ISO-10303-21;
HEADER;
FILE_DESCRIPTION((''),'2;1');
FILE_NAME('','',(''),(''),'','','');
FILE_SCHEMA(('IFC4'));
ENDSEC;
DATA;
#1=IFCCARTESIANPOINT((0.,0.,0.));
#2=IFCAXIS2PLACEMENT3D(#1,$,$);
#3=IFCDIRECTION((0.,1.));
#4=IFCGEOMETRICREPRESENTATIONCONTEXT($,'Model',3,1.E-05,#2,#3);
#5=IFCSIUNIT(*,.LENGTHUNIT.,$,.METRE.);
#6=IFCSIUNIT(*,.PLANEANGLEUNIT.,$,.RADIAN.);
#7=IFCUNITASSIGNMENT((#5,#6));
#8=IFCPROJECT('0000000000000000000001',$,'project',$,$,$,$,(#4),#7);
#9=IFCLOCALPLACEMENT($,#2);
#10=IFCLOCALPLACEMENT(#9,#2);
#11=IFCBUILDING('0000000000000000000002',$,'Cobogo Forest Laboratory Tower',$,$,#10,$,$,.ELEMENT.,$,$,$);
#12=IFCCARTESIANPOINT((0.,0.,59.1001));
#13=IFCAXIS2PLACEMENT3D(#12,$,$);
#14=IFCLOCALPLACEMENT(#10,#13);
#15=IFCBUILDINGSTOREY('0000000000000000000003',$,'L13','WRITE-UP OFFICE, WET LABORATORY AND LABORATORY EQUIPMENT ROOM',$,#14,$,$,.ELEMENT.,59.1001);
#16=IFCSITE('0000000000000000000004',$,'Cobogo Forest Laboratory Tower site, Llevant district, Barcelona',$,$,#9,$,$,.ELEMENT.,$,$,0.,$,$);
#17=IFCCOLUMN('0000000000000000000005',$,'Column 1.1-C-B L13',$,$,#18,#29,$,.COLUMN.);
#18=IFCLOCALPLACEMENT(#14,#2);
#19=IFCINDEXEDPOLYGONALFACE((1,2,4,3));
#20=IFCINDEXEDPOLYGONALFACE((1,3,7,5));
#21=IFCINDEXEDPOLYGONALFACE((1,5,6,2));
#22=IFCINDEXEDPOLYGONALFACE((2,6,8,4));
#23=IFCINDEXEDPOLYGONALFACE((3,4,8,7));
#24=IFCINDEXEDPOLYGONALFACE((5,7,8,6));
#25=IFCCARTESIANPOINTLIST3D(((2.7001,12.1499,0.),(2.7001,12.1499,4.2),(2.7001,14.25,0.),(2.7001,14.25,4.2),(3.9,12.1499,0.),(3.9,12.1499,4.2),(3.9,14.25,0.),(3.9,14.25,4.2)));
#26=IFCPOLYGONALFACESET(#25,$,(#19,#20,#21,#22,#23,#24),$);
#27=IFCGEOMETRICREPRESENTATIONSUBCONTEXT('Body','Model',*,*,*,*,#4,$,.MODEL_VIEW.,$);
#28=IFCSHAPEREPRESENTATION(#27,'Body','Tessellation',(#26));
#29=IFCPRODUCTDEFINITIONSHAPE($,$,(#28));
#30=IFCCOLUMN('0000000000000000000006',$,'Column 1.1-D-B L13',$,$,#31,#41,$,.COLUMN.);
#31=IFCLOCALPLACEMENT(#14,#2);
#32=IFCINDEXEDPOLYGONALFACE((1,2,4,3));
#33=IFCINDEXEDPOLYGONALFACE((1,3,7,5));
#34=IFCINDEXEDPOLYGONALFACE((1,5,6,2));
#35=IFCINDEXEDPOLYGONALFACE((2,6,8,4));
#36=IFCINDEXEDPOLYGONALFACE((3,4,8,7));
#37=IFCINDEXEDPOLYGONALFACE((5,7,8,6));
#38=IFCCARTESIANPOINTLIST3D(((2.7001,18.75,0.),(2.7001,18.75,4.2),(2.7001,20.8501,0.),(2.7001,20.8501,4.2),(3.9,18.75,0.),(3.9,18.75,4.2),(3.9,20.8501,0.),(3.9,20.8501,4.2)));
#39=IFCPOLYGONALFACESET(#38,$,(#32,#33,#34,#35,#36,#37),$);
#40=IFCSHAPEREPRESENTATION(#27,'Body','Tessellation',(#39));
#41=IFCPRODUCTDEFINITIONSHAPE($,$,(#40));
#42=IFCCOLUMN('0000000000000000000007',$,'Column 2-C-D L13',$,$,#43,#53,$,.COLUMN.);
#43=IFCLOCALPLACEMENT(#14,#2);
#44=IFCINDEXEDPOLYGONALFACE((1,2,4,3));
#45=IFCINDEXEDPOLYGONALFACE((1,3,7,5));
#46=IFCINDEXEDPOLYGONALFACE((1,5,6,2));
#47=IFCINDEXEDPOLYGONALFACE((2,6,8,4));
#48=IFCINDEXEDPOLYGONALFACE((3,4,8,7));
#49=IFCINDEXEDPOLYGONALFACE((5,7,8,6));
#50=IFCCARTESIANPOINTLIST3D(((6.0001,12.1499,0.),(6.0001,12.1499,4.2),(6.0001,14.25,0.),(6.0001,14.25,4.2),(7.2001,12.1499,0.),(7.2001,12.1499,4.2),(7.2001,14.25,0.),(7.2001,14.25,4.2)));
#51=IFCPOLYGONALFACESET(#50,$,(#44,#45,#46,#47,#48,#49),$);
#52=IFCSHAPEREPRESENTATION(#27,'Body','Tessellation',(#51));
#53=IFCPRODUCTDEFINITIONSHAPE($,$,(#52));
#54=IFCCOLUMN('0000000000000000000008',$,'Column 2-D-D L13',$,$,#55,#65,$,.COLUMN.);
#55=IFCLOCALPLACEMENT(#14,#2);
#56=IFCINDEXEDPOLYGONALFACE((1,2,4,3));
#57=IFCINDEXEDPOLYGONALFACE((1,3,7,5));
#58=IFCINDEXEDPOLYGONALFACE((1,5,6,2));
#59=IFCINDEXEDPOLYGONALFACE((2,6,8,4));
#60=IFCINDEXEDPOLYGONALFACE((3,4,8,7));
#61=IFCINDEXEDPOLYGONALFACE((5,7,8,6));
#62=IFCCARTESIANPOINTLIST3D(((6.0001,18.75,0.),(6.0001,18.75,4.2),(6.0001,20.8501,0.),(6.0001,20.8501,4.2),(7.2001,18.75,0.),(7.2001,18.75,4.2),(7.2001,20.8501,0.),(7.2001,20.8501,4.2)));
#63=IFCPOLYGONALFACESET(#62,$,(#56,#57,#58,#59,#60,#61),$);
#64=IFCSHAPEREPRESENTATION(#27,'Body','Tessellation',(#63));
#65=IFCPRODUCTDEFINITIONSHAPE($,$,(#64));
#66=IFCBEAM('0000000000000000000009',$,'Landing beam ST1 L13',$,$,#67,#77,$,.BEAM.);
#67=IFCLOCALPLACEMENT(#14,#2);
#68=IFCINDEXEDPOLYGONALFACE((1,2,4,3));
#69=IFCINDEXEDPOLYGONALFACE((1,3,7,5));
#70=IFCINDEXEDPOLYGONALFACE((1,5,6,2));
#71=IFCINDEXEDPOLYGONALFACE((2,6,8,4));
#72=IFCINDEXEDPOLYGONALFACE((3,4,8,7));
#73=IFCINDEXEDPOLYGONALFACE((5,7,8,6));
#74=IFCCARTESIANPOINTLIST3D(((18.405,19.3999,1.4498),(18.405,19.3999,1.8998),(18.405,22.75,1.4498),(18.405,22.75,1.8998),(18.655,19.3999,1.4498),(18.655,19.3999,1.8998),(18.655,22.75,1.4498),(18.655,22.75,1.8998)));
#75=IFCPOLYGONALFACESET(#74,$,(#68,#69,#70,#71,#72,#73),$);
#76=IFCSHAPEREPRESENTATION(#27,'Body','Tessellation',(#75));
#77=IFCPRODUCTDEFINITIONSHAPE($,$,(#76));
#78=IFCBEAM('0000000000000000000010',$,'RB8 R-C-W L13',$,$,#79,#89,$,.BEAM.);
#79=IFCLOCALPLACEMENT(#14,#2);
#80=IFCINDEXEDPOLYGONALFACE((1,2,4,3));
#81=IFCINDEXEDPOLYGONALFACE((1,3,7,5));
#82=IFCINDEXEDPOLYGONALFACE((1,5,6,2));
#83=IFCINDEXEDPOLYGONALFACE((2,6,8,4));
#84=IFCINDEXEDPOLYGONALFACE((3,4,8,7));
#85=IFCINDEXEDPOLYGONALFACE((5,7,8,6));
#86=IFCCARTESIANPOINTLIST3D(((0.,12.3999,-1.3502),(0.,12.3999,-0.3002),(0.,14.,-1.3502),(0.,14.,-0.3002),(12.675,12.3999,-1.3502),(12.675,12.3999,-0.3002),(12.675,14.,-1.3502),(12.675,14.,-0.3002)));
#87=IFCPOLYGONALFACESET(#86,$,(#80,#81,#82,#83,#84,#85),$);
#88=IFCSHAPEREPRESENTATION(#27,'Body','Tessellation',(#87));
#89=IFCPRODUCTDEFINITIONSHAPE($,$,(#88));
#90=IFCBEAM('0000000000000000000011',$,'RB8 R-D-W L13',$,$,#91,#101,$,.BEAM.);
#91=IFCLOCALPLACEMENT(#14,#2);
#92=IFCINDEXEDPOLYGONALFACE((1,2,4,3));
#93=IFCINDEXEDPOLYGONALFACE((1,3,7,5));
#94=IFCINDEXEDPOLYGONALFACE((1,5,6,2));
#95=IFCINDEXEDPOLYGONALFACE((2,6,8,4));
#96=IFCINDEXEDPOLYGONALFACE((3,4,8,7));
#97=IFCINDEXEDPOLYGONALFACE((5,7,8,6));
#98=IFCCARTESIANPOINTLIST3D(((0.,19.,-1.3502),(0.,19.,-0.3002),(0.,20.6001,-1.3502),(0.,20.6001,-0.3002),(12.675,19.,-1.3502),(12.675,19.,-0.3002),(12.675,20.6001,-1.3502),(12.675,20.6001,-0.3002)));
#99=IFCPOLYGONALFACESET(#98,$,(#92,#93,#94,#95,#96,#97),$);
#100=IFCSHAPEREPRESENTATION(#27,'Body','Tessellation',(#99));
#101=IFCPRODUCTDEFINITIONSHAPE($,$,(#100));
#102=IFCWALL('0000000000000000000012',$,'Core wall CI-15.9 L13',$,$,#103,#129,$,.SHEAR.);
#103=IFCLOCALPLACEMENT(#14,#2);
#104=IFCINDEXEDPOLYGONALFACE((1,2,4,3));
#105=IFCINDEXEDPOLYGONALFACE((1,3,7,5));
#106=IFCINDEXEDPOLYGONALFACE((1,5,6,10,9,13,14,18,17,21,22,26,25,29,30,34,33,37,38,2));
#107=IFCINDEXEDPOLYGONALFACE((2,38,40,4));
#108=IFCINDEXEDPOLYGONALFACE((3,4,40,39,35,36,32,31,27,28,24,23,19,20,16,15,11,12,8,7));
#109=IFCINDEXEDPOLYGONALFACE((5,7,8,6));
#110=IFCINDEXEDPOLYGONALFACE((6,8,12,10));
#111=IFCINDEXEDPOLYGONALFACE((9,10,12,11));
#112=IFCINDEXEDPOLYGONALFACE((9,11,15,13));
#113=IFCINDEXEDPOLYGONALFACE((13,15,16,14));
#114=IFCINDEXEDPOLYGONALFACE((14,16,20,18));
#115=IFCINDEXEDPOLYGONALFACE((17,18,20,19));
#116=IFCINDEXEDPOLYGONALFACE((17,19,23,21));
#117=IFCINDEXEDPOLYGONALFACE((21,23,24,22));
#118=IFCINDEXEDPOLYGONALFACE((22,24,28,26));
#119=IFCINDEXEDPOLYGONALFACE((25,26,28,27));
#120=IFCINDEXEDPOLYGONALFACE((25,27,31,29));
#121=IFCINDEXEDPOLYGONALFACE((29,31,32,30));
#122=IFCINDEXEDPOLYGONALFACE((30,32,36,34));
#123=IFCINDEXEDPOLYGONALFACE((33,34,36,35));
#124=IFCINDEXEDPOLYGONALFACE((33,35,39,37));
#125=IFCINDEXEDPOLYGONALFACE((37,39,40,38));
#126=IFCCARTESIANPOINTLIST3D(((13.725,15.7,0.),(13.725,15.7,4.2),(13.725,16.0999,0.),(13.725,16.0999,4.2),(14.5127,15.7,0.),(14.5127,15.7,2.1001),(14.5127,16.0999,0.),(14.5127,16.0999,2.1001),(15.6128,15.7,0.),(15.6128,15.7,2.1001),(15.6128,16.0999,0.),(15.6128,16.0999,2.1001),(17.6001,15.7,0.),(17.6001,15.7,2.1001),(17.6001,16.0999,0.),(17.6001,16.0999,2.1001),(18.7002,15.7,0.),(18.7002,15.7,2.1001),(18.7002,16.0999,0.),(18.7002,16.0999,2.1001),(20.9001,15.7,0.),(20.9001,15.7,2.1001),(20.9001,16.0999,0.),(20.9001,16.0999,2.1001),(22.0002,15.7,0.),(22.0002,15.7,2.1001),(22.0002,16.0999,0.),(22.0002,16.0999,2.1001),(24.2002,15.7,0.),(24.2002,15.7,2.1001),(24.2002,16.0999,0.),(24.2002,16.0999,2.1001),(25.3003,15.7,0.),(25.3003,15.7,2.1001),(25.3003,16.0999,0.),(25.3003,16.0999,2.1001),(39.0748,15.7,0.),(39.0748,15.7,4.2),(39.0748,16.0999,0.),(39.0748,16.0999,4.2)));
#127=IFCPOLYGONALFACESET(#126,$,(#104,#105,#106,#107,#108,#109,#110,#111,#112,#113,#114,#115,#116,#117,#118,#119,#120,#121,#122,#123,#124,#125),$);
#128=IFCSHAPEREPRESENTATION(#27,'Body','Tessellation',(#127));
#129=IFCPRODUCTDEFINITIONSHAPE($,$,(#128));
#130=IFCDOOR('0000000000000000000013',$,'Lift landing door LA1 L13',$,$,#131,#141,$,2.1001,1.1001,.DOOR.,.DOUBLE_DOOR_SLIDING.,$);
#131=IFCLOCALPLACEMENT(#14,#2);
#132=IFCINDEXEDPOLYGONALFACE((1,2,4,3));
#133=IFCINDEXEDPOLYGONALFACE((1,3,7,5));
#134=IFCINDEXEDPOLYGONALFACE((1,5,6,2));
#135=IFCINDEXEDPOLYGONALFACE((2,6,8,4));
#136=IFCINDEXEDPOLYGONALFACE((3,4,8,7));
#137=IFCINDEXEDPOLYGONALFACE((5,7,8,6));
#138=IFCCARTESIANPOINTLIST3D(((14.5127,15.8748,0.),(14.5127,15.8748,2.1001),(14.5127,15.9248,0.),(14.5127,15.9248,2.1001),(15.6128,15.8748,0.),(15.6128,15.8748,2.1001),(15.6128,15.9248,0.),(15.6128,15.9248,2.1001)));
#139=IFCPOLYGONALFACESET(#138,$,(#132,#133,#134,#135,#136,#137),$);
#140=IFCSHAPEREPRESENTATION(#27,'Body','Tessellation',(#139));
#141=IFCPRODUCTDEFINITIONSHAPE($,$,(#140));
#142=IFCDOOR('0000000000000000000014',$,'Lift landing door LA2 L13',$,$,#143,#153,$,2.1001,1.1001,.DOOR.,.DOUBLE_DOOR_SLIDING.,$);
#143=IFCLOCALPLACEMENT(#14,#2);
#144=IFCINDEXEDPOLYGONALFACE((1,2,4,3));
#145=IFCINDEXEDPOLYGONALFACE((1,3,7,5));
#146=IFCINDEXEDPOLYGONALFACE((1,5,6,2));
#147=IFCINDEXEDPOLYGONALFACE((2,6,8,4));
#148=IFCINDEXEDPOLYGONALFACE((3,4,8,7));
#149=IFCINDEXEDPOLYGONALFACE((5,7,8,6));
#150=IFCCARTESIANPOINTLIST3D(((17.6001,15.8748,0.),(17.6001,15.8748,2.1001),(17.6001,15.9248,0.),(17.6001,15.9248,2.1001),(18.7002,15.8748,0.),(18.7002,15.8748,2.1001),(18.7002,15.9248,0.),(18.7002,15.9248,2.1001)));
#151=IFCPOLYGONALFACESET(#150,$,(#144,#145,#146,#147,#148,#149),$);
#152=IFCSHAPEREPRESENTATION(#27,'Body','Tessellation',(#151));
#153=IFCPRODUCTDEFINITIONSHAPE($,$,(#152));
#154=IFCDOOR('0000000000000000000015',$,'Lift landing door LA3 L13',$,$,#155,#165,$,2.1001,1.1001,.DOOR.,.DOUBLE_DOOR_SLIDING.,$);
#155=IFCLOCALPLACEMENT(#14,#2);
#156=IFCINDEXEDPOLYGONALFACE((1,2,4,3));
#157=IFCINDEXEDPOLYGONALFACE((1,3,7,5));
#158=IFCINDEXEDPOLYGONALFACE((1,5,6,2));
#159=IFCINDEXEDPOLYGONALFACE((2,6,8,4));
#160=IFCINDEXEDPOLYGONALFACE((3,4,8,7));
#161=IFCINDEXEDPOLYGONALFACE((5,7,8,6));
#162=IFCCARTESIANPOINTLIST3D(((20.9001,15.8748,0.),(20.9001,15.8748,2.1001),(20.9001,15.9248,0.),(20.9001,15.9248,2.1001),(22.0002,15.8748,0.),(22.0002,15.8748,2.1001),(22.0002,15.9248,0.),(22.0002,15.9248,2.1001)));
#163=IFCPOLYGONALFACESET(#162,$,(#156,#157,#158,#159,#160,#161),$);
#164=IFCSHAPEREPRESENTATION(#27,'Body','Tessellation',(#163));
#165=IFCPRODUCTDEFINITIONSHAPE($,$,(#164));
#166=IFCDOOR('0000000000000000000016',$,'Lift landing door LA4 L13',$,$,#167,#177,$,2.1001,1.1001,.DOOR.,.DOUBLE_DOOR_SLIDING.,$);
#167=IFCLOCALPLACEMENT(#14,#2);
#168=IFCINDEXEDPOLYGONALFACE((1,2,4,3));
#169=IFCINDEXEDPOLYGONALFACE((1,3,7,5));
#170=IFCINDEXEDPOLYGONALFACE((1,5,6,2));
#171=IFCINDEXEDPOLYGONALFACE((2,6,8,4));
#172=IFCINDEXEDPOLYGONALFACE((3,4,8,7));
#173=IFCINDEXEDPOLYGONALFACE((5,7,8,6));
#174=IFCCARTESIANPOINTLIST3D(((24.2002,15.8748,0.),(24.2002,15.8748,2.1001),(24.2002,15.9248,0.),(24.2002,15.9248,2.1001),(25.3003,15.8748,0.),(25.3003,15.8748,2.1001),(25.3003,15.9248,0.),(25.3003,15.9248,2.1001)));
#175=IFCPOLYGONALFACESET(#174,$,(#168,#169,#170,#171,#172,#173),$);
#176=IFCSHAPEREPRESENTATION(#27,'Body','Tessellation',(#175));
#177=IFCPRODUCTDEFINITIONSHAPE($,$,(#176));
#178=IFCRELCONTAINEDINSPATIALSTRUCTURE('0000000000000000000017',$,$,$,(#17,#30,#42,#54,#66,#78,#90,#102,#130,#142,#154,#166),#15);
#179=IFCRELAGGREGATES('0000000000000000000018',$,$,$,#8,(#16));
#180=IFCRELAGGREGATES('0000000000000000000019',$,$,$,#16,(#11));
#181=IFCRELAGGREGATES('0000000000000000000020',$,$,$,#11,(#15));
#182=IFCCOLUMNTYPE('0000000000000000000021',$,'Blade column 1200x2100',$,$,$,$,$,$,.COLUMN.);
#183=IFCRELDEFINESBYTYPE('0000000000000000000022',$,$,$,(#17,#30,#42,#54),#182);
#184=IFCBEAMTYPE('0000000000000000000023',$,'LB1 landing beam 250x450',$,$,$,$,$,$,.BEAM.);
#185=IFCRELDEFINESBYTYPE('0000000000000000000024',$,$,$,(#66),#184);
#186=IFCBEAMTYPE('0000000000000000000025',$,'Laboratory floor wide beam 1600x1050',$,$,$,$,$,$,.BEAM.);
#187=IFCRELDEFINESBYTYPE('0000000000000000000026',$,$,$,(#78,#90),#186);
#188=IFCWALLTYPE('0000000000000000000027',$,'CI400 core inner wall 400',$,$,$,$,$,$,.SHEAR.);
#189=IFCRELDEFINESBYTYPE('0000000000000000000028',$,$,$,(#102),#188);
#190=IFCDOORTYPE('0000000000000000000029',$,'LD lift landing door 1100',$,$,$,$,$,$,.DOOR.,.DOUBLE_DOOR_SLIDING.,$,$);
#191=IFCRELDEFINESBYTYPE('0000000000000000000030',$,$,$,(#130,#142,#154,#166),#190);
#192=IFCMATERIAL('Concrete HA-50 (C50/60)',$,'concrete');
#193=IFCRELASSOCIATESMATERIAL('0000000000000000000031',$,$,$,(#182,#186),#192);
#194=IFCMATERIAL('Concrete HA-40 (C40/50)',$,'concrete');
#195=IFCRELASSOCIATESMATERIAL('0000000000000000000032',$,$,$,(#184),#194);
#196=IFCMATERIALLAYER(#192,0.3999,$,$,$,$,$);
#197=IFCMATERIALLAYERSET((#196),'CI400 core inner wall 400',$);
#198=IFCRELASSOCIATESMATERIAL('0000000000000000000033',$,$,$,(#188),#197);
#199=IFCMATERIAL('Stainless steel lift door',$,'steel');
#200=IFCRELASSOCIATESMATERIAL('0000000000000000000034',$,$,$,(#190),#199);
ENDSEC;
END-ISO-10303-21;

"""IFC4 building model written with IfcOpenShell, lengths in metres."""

from ifc_helpers import new_model, si_unit, direction, frame, frame_2d, origin, origin_2d, place, context, subcontext, project, spatial, rectangle, extrude, material, layer, layer_set, material_profile, profile_set, type_object, element, fill, save


model = new_model("IFC4")

# Units and contexts
model_context = context("Model", 3, precision=1e-05, world=origin(), true_north=direction((0.0, 1.0)))
body_context = subcontext(model_context, "Body", "Model", "MODEL_VIEW")
ifc_project = project(units=[si_unit("LENGTHUNIT", "METRE"), si_unit("PLANEANGLEUNIT", "RADIAN")], contexts=[model_context])

# Site, building, storey
site_placement = place(None, origin())
site = spatial("IfcSite", under=ifc_project, at=site_placement, Name="Cobogo Forest Laboratory Tower site, Llevant district, Barcelona", CompositionType="ELEMENT", RefElevation=0.0)
building_placement = place(site_placement, origin())
building = spatial("IfcBuilding", under=site, at=building_placement, Name="Cobogo Forest Laboratory Tower", CompositionType="ELEMENT")
storey_placement = place(building_placement, frame((0.0, 0.0, 59.1001)))
storey = spatial("IfcBuildingStorey", under=building, at=storey_placement, Name="L13", Description="WRITE-UP OFFICE, WET LABORATORY AND LABORATORY EQUIPMENT ROOM", CompositionType="ELEMENT", Elevation=59.1001)

# Columns
ifc_material_1 = material(Name="Concrete HA-50 (C50/60)", Category="concrete")
ifc_material_profile_1 = material_profile(ifc_material_1, rectangle(XDim=2.1001, YDim=1.2, at=origin_2d()), Name="RC 1200x2100")
ifc_profile_set_1 = profile_set([ifc_material_profile_1], Name="Concrete HA-50 (C50/60)")
column_type = type_object("IfcColumnType", Name="Blade column 1200x2100", PredefinedType="COLUMN", material=ifc_profile_set_1)
for number, where, z_axis, x_axis, name in (
    (1, (3.3, 13.2, 0.0), (0.0, 0.0, 1.0), (0.0, 1.0, 0.0), "Column 1.1-C-B L13"),
    (2, (3.3, 19.8, 0.0), (0.0, 0.0, 1.0), (0.0, 1.0, 0.0), "Column 1.1-D-B L13"),
    (3, (6.6001, 13.2, 0.0), (0.0, 0.0, 1.0), (0.0, 1.0, 0.0), "Column 2-C-D L13"),
    (4, (6.6001, 19.8, 0.0), (0.0, 0.0, 1.0), (0.0, 1.0, 0.0), "Column 2-D-D L13"),
):
    element("IfcColumn", number, at=place(storey_placement, frame(where, z_axis=z_axis, x_axis=x_axis)), inside=storey, type_object=column_type, Name=name, PredefinedType="COLUMN", context=body_context, shape_type="SweptSolid", body=[
        extrude(rectangle(XDim=2.1001, YDim=1.2, at=origin_2d()), origin(), (0.0, 0.0, 1.0), 4.2),
    ])

# Beams
ifc_material_2 = material(Name="Concrete HA-40 (C40/50)", Category="concrete")
ifc_material_profile_2 = material_profile(ifc_material_2, rectangle(XDim=0.25, YDim=0.45, at=origin_2d()), Name="RC 250x450")
ifc_profile_set_2 = profile_set([ifc_material_profile_2], Name="Concrete HA-40 (C40/50)")
beam_type_1 = type_object("IfcBeamType", Name="LB1 landing beam 250x450", PredefinedType="BEAM", material=ifc_profile_set_2)
beam_placement = place(storey_placement, frame((18.53, 19.3999, 1.6748), z_axis=(0.0, 1.0, 0.0), x_axis=(-1.0, 0.0, 0.0)))
element("IfcBeam", 5, at=beam_placement, inside=storey, type_object=beam_type_1, Name="Landing beam ST1 L13", PredefinedType="BEAM", context=body_context, shape_type="SweptSolid", body=[
    extrude(rectangle(XDim=0.25, YDim=0.45, at=origin_2d()), origin(), (0.0, 0.0, 1.0), 3.3501),
])
ifc_material_profile_3 = material_profile(ifc_material_1, rectangle(XDim=1.6001, YDim=1.05, at=origin_2d()), Name="RC 1600x1050")
ifc_profile_set_3 = profile_set([ifc_material_profile_3], Name="Concrete HA-50 (C50/60)")
beam_type_2 = type_object("IfcBeamType", Name="Laboratory floor wide beam 1600x1050", PredefinedType="BEAM", material=ifc_profile_set_3)
for number, where, z_axis, x_axis, name in (
    (6, (12.675, 13.2, -0.8252), (-1.0, 0.0, 0.0), (0.0, -1.0, 0.0), "RB8 R-C-W L13"),
    (7, (12.675, 19.8, -0.8252), (-1.0, 0.0, 0.0), (0.0, -1.0, 0.0), "RB8 R-D-W L13"),
):
    element("IfcBeam", number, at=place(storey_placement, frame(where, z_axis=z_axis, x_axis=x_axis)), inside=storey, type_object=beam_type_2, Name=name, PredefinedType="BEAM", context=body_context, shape_type="SweptSolid", body=[
        extrude(rectangle(XDim=1.6001, YDim=1.05, at=origin_2d()), origin(), (0.0, 0.0, 1.0), 12.675),
    ])

# Wall, openings, doors
ifc_layer_1 = layer(ifc_material_1, 0.3999)
ifc_layer_set_1 = layer_set([ifc_layer_1], Name="CI400 core inner wall 400")
wall_type_1 = type_object("IfcWallType", Name="CI400 core inner wall 400", PredefinedType="SHEAR", material=ifc_layer_set_1)
wall_1_placement = place(storey_placement, frame((13.7251, 15.8999, 0.0), z_axis=(0.0, 0.0, 1.0), x_axis=(1.0, 0.0, 0.0)))
wall_1 = element("IfcWall", 8, at=wall_1_placement, inside=storey, type_object=wall_type_1, Name="Core wall CI-15.9 L13", PredefinedType="SHEAR", context=body_context, shape_type="SweptSolid", body=[
    extrude(rectangle(XDim=25.3499, YDim=0.3999, at=frame_2d((12.6748, 0.0))), origin(), (0.0, 0.0, 1.0), 4.2),
])
opening_1_placement = place(wall_1_placement, frame((0.7876, 0.0, 0.0)))
opening_1 = element("IfcOpeningElement", 9, at=opening_1_placement, cuts=wall_1, PredefinedType="OPENING", context=body_context, shape_type="SweptSolid", body=[
    extrude(rectangle(XDim=1.1001, YDim=2.1001, at=frame_2d((0.55, 1.05))), frame((0.0, 0.21, 0.0), z_axis=(0.0, -1.0, 0.0), x_axis=(1.0, 0.0, 0.0)), (0.0, 0.0, 1.0), 0.4199),
])
opening_2_placement = place(wall_1_placement, frame((3.875, 0.0, 0.0)))
opening_2 = element("IfcOpeningElement", 10, at=opening_2_placement, cuts=wall_1, PredefinedType="OPENING", context=body_context, shape_type="SweptSolid", body=[
    extrude(rectangle(XDim=1.1001, YDim=2.1001, at=frame_2d((0.55, 1.05))), frame((0.0, 0.21, 0.0), z_axis=(0.0, -1.0, 0.0), x_axis=(1.0, 0.0, 0.0)), (0.0, 0.0, 1.0), 0.4199),
])
opening_3_placement = place(wall_1_placement, frame((7.175, 0.0, 0.0)))
opening_3 = element("IfcOpeningElement", 11, at=opening_3_placement, cuts=wall_1, PredefinedType="OPENING", context=body_context, shape_type="SweptSolid", body=[
    extrude(rectangle(XDim=1.1001, YDim=2.1001, at=frame_2d((0.55, 1.05))), frame((0.0, 0.21, 0.0), z_axis=(0.0, -1.0, 0.0), x_axis=(1.0, 0.0, 0.0)), (0.0, 0.0, 1.0), 0.4199),
])
opening_4_placement = place(wall_1_placement, frame((10.4751, 0.0, 0.0)))
opening_4 = element("IfcOpeningElement", 12, at=opening_4_placement, cuts=wall_1, PredefinedType="OPENING", context=body_context, shape_type="SweptSolid", body=[
    extrude(rectangle(XDim=1.1001, YDim=2.1001, at=frame_2d((0.55, 1.05))), frame((0.0, 0.21, 0.0), z_axis=(0.0, -1.0, 0.0), x_axis=(1.0, 0.0, 0.0)), (0.0, 0.0, 1.0), 0.4199),
])
ifc_material_3 = material(Name="Stainless steel lift door", Category="steel")
door_type_1 = type_object("IfcDoorType", Name="LD lift landing door 1100", OperationType="DOUBLE_DOOR_SLIDING", PredefinedType="DOOR", material=ifc_material_3)
door_1_placement = place(opening_1_placement, origin())
door_1 = element("IfcDoor", 13, at=door_1_placement, inside=storey, type_object=door_type_1, Name="Lift landing door LA1 L13", OperationType="DOUBLE_DOOR_SLIDING", OverallHeight=2.1001, OverallWidth=1.1001, PredefinedType="DOOR", context=body_context, shape_type="SweptSolid", body=[
    extrude(rectangle(XDim=1.1001, YDim=2.1001, at=frame_2d((0.55, 1.05))), frame((0.0, 0.0249, 0.0), z_axis=(0.0, -1.0, 0.0), x_axis=(1.0, 0.0, 0.0)), (0.0, 0.0, 1.0), 0.05),
])
fill(opening_1, door_1)
door_2_placement = place(opening_2_placement, origin())
door_2 = element("IfcDoor", 14, at=door_2_placement, inside=storey, type_object=door_type_1, Name="Lift landing door LA2 L13", OperationType="DOUBLE_DOOR_SLIDING", OverallHeight=2.1001, OverallWidth=1.1001, PredefinedType="DOOR", context=body_context, shape_type="SweptSolid", body=[
    extrude(rectangle(XDim=1.1001, YDim=2.1001, at=frame_2d((0.55, 1.05))), frame((0.0, 0.0249, 0.0), z_axis=(0.0, -1.0, 0.0), x_axis=(1.0, 0.0, 0.0)), (0.0, 0.0, 1.0), 0.05),
])
fill(opening_2, door_2)
door_3_placement = place(opening_3_placement, origin())
door_3 = element("IfcDoor", 15, at=door_3_placement, inside=storey, type_object=door_type_1, Name="Lift landing door LA3 L13", OperationType="DOUBLE_DOOR_SLIDING", OverallHeight=2.1001, OverallWidth=1.1001, PredefinedType="DOOR", context=body_context, shape_type="SweptSolid", body=[
    extrude(rectangle(XDim=1.1001, YDim=2.1001, at=frame_2d((0.55, 1.05))), frame((0.0, 0.0249, 0.0), z_axis=(0.0, -1.0, 0.0), x_axis=(1.0, 0.0, 0.0)), (0.0, 0.0, 1.0), 0.05),
])
fill(opening_3, door_3)
door_4_placement = place(opening_4_placement, origin())
door_4 = element("IfcDoor", 16, at=door_4_placement, inside=storey, type_object=door_type_1, Name="Lift landing door LA4 L13", OperationType="DOUBLE_DOOR_SLIDING", OverallHeight=2.1001, OverallWidth=1.1001, PredefinedType="DOOR", context=body_context, shape_type="SweptSolid", body=[
    extrude(rectangle(XDim=1.1001, YDim=2.1001, at=frame_2d((0.55, 1.05))), frame((0.0, 0.0249, 0.0), z_axis=(0.0, -1.0, 0.0), x_axis=(1.0, 0.0, 0.0)), (0.0, 0.0, 1.0), 0.05),
])
fill(opening_4, door_4)

save(model, "model.ifc")
